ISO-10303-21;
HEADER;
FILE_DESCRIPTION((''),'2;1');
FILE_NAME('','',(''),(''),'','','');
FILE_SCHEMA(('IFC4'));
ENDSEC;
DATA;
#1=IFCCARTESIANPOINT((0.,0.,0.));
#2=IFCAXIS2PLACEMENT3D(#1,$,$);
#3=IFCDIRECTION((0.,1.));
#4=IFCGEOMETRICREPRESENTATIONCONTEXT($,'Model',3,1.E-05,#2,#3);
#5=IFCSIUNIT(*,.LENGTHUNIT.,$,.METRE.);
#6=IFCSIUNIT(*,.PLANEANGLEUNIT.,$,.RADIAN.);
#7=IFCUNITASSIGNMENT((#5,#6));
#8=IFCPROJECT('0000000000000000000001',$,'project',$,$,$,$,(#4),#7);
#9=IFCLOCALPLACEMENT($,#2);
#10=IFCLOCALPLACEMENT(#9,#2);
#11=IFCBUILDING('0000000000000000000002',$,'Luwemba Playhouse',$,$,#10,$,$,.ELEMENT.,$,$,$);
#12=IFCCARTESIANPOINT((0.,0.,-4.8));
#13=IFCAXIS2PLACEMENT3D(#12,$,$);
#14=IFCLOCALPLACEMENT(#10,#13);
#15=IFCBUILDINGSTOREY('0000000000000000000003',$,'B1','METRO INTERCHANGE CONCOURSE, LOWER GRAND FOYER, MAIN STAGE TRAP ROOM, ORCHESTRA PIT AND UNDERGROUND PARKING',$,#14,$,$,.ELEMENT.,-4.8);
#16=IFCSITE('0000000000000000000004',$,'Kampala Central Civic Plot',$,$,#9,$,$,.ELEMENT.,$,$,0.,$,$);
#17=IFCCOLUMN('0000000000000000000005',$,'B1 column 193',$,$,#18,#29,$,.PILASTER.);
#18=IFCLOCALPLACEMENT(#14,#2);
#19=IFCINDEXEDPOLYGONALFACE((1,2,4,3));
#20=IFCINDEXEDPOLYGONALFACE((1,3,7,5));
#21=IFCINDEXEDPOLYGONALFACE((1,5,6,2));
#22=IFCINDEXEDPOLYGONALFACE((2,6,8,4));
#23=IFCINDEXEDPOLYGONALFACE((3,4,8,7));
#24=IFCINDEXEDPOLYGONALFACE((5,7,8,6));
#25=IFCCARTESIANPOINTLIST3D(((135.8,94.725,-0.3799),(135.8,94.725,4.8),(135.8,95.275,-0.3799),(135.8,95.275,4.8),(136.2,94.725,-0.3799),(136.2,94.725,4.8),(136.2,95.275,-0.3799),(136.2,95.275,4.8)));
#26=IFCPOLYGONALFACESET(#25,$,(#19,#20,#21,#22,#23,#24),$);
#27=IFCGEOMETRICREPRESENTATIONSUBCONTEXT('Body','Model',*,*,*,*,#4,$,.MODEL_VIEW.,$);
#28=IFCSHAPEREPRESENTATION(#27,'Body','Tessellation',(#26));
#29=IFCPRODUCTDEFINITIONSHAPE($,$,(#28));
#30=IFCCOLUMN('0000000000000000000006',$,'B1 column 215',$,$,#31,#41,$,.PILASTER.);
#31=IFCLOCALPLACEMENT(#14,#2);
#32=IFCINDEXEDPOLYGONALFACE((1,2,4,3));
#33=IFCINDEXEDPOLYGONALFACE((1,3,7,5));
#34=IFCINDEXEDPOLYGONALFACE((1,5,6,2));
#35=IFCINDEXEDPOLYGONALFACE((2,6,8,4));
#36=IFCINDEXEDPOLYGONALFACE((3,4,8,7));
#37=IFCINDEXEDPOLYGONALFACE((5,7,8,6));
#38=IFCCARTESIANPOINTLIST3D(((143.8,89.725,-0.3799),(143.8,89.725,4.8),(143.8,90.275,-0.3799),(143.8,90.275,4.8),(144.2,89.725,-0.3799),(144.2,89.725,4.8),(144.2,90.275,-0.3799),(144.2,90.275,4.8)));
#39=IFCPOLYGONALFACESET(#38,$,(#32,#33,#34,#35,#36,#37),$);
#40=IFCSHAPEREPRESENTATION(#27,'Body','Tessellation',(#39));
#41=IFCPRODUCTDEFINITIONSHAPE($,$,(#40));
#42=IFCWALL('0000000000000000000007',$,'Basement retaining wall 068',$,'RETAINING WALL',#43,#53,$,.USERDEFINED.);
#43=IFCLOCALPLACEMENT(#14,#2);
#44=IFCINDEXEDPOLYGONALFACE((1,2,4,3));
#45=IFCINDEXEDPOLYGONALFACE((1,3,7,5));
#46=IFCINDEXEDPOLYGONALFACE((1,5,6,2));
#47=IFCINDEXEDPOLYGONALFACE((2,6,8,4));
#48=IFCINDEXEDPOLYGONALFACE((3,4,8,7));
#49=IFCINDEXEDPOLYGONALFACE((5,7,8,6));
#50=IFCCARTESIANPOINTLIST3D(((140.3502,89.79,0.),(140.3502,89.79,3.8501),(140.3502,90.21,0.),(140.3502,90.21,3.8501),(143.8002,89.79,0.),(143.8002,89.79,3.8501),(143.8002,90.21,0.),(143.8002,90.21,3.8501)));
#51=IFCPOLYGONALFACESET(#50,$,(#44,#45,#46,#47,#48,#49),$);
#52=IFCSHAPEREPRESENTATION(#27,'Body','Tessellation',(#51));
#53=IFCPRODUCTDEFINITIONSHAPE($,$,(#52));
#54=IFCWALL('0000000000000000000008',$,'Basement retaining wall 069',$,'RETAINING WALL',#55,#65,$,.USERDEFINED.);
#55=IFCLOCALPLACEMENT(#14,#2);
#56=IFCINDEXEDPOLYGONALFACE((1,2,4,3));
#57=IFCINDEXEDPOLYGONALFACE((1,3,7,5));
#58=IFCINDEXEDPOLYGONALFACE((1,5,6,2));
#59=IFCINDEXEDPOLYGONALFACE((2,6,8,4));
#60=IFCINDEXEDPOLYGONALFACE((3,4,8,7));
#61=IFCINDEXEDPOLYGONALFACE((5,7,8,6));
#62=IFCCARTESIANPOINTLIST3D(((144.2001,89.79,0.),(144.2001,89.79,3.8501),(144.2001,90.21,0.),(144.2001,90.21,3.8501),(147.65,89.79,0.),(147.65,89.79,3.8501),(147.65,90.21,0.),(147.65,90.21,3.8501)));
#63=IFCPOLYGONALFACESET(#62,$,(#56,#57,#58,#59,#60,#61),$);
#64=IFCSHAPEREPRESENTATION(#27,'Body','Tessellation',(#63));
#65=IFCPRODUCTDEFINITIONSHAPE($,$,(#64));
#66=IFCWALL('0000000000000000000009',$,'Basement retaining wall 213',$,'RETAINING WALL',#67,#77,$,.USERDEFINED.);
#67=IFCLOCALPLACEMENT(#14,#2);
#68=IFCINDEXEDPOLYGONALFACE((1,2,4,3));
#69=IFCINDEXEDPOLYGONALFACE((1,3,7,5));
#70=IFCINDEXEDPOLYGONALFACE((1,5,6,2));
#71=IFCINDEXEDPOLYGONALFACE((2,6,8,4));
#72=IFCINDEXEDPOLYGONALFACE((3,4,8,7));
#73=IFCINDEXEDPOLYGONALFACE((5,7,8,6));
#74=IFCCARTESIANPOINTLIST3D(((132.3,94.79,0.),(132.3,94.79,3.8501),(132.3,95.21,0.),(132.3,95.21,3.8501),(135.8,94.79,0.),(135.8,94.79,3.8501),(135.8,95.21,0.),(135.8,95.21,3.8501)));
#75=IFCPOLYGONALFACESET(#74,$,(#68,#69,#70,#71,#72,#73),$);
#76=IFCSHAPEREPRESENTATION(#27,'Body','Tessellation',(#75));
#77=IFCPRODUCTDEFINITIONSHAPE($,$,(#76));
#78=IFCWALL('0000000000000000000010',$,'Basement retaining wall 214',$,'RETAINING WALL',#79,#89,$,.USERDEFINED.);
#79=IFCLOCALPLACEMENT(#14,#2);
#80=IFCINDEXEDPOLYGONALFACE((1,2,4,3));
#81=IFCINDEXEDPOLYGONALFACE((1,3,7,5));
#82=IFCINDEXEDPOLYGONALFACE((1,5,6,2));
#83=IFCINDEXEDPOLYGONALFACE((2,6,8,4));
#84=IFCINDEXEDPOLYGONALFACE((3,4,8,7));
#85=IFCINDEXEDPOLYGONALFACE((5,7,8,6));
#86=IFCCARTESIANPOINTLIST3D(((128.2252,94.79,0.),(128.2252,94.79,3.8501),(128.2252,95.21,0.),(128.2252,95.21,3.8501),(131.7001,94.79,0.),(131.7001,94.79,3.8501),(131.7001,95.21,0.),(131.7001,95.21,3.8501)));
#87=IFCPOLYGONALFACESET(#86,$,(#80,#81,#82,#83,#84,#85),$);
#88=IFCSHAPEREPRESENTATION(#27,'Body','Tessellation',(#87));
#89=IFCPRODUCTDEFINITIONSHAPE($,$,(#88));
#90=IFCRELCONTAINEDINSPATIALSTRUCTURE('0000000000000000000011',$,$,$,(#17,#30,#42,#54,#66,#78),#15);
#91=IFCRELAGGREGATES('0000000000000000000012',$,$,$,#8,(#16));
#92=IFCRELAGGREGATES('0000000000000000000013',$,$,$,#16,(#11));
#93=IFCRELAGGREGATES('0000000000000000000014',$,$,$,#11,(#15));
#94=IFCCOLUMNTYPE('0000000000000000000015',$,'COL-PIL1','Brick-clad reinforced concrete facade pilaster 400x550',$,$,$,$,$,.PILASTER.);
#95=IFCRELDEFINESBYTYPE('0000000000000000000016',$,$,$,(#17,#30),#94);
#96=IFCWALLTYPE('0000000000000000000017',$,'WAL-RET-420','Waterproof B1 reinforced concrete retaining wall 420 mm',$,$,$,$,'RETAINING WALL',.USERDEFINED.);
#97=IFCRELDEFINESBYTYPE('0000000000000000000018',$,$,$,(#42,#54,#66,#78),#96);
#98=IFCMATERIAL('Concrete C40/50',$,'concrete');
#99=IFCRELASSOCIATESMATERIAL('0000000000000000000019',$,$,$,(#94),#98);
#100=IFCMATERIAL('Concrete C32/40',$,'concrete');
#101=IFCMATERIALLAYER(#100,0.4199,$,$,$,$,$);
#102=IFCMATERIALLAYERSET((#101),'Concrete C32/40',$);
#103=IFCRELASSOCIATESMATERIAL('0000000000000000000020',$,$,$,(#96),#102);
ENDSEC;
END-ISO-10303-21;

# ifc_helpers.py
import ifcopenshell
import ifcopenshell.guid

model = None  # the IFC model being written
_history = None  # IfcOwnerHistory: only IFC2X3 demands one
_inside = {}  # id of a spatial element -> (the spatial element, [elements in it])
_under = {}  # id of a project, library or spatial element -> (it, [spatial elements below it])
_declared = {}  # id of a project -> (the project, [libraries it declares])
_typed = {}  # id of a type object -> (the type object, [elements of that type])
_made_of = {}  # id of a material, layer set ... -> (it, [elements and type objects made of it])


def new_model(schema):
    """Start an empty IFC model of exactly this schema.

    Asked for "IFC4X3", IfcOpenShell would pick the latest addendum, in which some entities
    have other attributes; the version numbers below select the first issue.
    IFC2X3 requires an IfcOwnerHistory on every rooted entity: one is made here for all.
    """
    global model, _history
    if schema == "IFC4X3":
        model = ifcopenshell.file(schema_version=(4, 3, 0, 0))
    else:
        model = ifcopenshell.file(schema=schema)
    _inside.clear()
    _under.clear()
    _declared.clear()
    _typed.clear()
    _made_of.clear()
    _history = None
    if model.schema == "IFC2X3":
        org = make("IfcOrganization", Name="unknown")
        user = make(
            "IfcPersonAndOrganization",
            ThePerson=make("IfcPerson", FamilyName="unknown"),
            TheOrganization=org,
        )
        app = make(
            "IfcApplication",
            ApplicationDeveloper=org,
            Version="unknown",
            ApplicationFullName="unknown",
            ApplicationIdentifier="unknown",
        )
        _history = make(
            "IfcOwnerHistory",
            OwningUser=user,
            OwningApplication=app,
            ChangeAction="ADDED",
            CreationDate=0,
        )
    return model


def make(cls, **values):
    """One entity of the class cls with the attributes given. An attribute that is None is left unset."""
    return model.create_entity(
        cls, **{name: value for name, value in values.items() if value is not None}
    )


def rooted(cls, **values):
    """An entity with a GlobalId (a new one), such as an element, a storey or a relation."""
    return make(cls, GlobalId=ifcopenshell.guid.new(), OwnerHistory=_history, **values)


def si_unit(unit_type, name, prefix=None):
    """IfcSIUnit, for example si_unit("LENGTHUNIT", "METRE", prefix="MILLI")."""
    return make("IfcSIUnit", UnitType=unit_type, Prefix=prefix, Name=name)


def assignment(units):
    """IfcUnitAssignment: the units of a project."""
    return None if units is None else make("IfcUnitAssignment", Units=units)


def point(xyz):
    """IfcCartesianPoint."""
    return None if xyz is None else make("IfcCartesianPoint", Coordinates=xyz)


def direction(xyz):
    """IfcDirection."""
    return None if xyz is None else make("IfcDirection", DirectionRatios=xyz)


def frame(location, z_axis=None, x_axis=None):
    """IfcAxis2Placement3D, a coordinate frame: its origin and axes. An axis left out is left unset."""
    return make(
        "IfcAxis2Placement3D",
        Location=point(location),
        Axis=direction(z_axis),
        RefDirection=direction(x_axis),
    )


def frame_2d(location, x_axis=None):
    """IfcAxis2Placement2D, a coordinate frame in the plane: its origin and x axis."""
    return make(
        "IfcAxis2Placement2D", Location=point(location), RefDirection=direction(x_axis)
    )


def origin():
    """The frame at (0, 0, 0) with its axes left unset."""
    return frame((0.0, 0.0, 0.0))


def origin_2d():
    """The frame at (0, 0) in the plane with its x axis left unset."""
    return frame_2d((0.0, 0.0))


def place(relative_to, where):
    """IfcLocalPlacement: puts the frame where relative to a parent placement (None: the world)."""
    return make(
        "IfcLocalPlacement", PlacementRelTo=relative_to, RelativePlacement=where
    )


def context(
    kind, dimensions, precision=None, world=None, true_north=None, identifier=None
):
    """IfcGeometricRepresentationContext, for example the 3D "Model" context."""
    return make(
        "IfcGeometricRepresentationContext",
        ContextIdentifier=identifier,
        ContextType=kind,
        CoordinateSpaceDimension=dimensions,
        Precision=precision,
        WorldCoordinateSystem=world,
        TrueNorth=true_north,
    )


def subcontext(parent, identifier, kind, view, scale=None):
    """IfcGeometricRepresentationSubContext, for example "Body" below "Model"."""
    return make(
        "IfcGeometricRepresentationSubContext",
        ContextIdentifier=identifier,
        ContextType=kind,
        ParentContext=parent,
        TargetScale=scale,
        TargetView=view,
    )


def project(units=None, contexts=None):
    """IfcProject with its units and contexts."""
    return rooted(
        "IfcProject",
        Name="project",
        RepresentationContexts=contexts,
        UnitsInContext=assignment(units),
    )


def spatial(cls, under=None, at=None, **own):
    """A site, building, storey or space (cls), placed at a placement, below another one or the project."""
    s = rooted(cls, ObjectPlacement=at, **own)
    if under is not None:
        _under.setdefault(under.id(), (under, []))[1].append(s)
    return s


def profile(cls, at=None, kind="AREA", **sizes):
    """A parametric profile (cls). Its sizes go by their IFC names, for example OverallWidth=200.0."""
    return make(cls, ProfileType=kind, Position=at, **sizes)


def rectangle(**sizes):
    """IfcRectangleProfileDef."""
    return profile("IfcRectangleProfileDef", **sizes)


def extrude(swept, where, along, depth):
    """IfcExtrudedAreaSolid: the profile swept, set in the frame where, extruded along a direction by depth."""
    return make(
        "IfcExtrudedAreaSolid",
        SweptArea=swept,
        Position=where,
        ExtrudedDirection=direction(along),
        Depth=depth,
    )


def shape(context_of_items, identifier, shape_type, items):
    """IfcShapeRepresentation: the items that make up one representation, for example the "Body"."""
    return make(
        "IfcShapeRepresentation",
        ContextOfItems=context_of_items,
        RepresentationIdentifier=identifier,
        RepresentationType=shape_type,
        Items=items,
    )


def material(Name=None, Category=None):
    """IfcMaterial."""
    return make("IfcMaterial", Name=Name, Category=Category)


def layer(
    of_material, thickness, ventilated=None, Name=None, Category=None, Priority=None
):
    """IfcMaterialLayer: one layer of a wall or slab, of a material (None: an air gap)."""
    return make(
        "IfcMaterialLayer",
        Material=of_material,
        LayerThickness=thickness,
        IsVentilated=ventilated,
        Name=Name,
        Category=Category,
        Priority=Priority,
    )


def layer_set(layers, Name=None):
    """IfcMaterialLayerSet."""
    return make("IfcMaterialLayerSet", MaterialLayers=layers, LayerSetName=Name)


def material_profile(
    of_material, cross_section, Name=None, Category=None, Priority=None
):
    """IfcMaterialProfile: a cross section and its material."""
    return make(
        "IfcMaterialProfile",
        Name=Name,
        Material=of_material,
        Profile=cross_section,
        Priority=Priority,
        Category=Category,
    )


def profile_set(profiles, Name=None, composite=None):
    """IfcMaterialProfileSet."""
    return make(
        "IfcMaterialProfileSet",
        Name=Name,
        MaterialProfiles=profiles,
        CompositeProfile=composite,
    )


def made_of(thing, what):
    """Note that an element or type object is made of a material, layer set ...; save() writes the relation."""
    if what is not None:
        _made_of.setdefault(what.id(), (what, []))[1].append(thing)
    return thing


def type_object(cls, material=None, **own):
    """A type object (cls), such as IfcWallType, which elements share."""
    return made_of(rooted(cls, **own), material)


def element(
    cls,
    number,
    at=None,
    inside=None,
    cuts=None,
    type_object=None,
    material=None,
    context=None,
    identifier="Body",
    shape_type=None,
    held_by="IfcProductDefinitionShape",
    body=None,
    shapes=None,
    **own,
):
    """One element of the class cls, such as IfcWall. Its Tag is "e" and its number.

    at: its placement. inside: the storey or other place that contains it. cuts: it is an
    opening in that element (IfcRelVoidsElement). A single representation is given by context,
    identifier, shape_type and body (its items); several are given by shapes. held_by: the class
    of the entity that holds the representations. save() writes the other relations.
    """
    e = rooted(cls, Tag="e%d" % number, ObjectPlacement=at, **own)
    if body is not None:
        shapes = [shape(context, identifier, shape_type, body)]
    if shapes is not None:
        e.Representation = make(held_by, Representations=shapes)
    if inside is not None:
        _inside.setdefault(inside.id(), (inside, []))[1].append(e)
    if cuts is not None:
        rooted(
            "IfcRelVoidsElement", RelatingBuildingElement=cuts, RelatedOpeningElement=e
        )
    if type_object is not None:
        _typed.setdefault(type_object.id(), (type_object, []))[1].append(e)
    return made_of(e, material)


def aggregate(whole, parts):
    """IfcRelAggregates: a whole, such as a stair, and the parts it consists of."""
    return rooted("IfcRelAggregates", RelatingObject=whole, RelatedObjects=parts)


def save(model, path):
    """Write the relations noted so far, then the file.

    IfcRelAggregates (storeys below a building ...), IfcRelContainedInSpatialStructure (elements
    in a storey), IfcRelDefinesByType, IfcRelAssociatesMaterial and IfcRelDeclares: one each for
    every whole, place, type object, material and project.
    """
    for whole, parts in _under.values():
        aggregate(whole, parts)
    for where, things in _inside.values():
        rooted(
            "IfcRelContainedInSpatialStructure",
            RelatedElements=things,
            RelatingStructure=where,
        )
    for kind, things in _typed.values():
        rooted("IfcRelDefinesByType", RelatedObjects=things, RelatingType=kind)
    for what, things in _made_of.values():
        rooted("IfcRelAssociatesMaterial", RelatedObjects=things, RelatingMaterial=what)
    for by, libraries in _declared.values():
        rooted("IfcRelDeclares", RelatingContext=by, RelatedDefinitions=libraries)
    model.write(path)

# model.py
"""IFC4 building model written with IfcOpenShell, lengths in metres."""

from ifc_helpers import new_model, si_unit, direction, frame, frame_2d, origin, origin_2d, place, context, subcontext, project, spatial, rectangle, extrude, material, layer, layer_set, material_profile, profile_set, type_object, element, save


model = new_model("IFC4")

# Units and contexts
model_context = context("Model", 3, precision=1e-05, world=origin(), true_north=direction((0.0, 1.0)))
body_context = subcontext(model_context, "Body", "Model", "MODEL_VIEW")
ifc_project = project(units=[si_unit("LENGTHUNIT", "METRE"), si_unit("PLANEANGLEUNIT", "RADIAN")], contexts=[model_context])

# Site, building, storey
site_placement = place(None, origin())
site = spatial("IfcSite", under=ifc_project, at=site_placement, Name="Kampala Central Civic Plot", CompositionType="ELEMENT", RefElevation=0.0)
building_placement = place(site_placement, origin())
building = spatial("IfcBuilding", under=site, at=building_placement, Name="Luwemba Playhouse", CompositionType="ELEMENT")
storey_placement = place(building_placement, frame((0.0, 0.0, -4.8)))
storey = spatial("IfcBuildingStorey", under=building, at=storey_placement, Name="B1", Description="METRO INTERCHANGE CONCOURSE, LOWER GRAND FOYER, MAIN STAGE TRAP ROOM, ORCHESTRA PIT AND UNDERGROUND PARKING", CompositionType="ELEMENT", Elevation=-4.8)

# Shared definitions
ifc_material_1 = material(Name="Concrete C32/40", Category="concrete")

# Columns
ifc_material_2 = material(Name="Concrete C40/50", Category="concrete")
ifc_material_profile_1 = material_profile(ifc_material_2, rectangle(XDim=0.3999, YDim=0.55, at=origin_2d()))
ifc_profile_set_1 = profile_set([ifc_material_profile_1], Name="Concrete C40/50")
column_type_1 = type_object("IfcColumnType", Name="COL-PIL1", Description="Brick-clad reinforced concrete facade pilaster 400x550", PredefinedType="PILASTER", material=ifc_profile_set_1)
for number, where, z_axis, x_axis, name in (
    (1, (136.0, 95.0, -0.3799), (0.0, 0.0, 1.0), (1.0, 0.0, 0.0), "B1 column 193"),
    (2, (144.0, 90.0, -0.3799), (0.0, 0.0, 1.0), (1.0, 0.0, 0.0), "B1 column 215"),
):
    element("IfcColumn", number, at=place(storey_placement, frame(where, z_axis=z_axis, x_axis=x_axis)), inside=storey, type_object=column_type_1, Name=name, PredefinedType="PILASTER", context=body_context, shape_type="SweptSolid", body=[
        extrude(rectangle(XDim=0.3999, YDim=0.55, at=origin_2d()), origin(), (0.0, 0.0, 1.0), 5.1799),
    ])

# Walls
ifc_layer = layer(ifc_material_1, 0.4199)
ifc_layer_set = layer_set([ifc_layer], Name="Concrete C32/40")
wall_type = type_object("IfcWallType", Name="WAL-RET-420", Description="Waterproof B1 reinforced concrete retaining wall 420 mm", ElementType="RETAINING WALL", PredefinedType="USERDEFINED", material=ifc_layer_set)
for number, where, z_axis, x_axis, name in (
    (3, (140.3501, 90.0, 0.0), (0.0, 0.0, 1.0), (1.0, 0.0, 0.0), "Basement retaining wall 068"),
    (4, (144.2, 90.0, 0.0), (0.0, 0.0, 1.0), (1.0, 0.0, 0.0), "Basement retaining wall 069"),
):
    element("IfcWall", number, at=place(storey_placement, frame(where, z_axis=z_axis, x_axis=x_axis)), inside=storey, type_object=wall_type, Name=name, ObjectType="RETAINING WALL", PredefinedType="USERDEFINED", context=body_context, shape_type="SweptSolid", body=[
        extrude(rectangle(XDim=3.45, YDim=0.4199, at=frame_2d((1.7251, 0.0))), origin(), (0.0, 0.0, 1.0), 3.8501),
    ])
wall_1_placement = place(storey_placement, frame((135.8, 95.0, 0.0), z_axis=(0.0, 0.0, 1.0), x_axis=(-1.0, 0.0, 0.0)))
element("IfcWall", 5, at=wall_1_placement, inside=storey, type_object=wall_type, Name="Basement retaining wall 213", ObjectType="RETAINING WALL", PredefinedType="USERDEFINED", context=body_context, shape_type="SweptSolid", body=[
    extrude(rectangle(XDim=3.5, YDim=0.4199, at=frame_2d((1.75, 0.0))), origin(), (0.0, 0.0, 1.0), 3.8501),
])
wall_2_placement = place(storey_placement, frame((131.7, 95.0, 0.0), z_axis=(0.0, 0.0, 1.0), x_axis=(-1.0, 0.0, 0.0)))
element("IfcWall", 6, at=wall_2_placement, inside=storey, type_object=wall_type, Name="Basement retaining wall 214", ObjectType="RETAINING WALL", PredefinedType="USERDEFINED", context=body_context, shape_type="SweptSolid", body=[
    extrude(rectangle(XDim=3.4749, YDim=0.4199, at=frame_2d((1.7373, 0.0))), origin(), (0.0, 0.0, 1.0), 3.8501),
])

save(model, "model.ifc")
